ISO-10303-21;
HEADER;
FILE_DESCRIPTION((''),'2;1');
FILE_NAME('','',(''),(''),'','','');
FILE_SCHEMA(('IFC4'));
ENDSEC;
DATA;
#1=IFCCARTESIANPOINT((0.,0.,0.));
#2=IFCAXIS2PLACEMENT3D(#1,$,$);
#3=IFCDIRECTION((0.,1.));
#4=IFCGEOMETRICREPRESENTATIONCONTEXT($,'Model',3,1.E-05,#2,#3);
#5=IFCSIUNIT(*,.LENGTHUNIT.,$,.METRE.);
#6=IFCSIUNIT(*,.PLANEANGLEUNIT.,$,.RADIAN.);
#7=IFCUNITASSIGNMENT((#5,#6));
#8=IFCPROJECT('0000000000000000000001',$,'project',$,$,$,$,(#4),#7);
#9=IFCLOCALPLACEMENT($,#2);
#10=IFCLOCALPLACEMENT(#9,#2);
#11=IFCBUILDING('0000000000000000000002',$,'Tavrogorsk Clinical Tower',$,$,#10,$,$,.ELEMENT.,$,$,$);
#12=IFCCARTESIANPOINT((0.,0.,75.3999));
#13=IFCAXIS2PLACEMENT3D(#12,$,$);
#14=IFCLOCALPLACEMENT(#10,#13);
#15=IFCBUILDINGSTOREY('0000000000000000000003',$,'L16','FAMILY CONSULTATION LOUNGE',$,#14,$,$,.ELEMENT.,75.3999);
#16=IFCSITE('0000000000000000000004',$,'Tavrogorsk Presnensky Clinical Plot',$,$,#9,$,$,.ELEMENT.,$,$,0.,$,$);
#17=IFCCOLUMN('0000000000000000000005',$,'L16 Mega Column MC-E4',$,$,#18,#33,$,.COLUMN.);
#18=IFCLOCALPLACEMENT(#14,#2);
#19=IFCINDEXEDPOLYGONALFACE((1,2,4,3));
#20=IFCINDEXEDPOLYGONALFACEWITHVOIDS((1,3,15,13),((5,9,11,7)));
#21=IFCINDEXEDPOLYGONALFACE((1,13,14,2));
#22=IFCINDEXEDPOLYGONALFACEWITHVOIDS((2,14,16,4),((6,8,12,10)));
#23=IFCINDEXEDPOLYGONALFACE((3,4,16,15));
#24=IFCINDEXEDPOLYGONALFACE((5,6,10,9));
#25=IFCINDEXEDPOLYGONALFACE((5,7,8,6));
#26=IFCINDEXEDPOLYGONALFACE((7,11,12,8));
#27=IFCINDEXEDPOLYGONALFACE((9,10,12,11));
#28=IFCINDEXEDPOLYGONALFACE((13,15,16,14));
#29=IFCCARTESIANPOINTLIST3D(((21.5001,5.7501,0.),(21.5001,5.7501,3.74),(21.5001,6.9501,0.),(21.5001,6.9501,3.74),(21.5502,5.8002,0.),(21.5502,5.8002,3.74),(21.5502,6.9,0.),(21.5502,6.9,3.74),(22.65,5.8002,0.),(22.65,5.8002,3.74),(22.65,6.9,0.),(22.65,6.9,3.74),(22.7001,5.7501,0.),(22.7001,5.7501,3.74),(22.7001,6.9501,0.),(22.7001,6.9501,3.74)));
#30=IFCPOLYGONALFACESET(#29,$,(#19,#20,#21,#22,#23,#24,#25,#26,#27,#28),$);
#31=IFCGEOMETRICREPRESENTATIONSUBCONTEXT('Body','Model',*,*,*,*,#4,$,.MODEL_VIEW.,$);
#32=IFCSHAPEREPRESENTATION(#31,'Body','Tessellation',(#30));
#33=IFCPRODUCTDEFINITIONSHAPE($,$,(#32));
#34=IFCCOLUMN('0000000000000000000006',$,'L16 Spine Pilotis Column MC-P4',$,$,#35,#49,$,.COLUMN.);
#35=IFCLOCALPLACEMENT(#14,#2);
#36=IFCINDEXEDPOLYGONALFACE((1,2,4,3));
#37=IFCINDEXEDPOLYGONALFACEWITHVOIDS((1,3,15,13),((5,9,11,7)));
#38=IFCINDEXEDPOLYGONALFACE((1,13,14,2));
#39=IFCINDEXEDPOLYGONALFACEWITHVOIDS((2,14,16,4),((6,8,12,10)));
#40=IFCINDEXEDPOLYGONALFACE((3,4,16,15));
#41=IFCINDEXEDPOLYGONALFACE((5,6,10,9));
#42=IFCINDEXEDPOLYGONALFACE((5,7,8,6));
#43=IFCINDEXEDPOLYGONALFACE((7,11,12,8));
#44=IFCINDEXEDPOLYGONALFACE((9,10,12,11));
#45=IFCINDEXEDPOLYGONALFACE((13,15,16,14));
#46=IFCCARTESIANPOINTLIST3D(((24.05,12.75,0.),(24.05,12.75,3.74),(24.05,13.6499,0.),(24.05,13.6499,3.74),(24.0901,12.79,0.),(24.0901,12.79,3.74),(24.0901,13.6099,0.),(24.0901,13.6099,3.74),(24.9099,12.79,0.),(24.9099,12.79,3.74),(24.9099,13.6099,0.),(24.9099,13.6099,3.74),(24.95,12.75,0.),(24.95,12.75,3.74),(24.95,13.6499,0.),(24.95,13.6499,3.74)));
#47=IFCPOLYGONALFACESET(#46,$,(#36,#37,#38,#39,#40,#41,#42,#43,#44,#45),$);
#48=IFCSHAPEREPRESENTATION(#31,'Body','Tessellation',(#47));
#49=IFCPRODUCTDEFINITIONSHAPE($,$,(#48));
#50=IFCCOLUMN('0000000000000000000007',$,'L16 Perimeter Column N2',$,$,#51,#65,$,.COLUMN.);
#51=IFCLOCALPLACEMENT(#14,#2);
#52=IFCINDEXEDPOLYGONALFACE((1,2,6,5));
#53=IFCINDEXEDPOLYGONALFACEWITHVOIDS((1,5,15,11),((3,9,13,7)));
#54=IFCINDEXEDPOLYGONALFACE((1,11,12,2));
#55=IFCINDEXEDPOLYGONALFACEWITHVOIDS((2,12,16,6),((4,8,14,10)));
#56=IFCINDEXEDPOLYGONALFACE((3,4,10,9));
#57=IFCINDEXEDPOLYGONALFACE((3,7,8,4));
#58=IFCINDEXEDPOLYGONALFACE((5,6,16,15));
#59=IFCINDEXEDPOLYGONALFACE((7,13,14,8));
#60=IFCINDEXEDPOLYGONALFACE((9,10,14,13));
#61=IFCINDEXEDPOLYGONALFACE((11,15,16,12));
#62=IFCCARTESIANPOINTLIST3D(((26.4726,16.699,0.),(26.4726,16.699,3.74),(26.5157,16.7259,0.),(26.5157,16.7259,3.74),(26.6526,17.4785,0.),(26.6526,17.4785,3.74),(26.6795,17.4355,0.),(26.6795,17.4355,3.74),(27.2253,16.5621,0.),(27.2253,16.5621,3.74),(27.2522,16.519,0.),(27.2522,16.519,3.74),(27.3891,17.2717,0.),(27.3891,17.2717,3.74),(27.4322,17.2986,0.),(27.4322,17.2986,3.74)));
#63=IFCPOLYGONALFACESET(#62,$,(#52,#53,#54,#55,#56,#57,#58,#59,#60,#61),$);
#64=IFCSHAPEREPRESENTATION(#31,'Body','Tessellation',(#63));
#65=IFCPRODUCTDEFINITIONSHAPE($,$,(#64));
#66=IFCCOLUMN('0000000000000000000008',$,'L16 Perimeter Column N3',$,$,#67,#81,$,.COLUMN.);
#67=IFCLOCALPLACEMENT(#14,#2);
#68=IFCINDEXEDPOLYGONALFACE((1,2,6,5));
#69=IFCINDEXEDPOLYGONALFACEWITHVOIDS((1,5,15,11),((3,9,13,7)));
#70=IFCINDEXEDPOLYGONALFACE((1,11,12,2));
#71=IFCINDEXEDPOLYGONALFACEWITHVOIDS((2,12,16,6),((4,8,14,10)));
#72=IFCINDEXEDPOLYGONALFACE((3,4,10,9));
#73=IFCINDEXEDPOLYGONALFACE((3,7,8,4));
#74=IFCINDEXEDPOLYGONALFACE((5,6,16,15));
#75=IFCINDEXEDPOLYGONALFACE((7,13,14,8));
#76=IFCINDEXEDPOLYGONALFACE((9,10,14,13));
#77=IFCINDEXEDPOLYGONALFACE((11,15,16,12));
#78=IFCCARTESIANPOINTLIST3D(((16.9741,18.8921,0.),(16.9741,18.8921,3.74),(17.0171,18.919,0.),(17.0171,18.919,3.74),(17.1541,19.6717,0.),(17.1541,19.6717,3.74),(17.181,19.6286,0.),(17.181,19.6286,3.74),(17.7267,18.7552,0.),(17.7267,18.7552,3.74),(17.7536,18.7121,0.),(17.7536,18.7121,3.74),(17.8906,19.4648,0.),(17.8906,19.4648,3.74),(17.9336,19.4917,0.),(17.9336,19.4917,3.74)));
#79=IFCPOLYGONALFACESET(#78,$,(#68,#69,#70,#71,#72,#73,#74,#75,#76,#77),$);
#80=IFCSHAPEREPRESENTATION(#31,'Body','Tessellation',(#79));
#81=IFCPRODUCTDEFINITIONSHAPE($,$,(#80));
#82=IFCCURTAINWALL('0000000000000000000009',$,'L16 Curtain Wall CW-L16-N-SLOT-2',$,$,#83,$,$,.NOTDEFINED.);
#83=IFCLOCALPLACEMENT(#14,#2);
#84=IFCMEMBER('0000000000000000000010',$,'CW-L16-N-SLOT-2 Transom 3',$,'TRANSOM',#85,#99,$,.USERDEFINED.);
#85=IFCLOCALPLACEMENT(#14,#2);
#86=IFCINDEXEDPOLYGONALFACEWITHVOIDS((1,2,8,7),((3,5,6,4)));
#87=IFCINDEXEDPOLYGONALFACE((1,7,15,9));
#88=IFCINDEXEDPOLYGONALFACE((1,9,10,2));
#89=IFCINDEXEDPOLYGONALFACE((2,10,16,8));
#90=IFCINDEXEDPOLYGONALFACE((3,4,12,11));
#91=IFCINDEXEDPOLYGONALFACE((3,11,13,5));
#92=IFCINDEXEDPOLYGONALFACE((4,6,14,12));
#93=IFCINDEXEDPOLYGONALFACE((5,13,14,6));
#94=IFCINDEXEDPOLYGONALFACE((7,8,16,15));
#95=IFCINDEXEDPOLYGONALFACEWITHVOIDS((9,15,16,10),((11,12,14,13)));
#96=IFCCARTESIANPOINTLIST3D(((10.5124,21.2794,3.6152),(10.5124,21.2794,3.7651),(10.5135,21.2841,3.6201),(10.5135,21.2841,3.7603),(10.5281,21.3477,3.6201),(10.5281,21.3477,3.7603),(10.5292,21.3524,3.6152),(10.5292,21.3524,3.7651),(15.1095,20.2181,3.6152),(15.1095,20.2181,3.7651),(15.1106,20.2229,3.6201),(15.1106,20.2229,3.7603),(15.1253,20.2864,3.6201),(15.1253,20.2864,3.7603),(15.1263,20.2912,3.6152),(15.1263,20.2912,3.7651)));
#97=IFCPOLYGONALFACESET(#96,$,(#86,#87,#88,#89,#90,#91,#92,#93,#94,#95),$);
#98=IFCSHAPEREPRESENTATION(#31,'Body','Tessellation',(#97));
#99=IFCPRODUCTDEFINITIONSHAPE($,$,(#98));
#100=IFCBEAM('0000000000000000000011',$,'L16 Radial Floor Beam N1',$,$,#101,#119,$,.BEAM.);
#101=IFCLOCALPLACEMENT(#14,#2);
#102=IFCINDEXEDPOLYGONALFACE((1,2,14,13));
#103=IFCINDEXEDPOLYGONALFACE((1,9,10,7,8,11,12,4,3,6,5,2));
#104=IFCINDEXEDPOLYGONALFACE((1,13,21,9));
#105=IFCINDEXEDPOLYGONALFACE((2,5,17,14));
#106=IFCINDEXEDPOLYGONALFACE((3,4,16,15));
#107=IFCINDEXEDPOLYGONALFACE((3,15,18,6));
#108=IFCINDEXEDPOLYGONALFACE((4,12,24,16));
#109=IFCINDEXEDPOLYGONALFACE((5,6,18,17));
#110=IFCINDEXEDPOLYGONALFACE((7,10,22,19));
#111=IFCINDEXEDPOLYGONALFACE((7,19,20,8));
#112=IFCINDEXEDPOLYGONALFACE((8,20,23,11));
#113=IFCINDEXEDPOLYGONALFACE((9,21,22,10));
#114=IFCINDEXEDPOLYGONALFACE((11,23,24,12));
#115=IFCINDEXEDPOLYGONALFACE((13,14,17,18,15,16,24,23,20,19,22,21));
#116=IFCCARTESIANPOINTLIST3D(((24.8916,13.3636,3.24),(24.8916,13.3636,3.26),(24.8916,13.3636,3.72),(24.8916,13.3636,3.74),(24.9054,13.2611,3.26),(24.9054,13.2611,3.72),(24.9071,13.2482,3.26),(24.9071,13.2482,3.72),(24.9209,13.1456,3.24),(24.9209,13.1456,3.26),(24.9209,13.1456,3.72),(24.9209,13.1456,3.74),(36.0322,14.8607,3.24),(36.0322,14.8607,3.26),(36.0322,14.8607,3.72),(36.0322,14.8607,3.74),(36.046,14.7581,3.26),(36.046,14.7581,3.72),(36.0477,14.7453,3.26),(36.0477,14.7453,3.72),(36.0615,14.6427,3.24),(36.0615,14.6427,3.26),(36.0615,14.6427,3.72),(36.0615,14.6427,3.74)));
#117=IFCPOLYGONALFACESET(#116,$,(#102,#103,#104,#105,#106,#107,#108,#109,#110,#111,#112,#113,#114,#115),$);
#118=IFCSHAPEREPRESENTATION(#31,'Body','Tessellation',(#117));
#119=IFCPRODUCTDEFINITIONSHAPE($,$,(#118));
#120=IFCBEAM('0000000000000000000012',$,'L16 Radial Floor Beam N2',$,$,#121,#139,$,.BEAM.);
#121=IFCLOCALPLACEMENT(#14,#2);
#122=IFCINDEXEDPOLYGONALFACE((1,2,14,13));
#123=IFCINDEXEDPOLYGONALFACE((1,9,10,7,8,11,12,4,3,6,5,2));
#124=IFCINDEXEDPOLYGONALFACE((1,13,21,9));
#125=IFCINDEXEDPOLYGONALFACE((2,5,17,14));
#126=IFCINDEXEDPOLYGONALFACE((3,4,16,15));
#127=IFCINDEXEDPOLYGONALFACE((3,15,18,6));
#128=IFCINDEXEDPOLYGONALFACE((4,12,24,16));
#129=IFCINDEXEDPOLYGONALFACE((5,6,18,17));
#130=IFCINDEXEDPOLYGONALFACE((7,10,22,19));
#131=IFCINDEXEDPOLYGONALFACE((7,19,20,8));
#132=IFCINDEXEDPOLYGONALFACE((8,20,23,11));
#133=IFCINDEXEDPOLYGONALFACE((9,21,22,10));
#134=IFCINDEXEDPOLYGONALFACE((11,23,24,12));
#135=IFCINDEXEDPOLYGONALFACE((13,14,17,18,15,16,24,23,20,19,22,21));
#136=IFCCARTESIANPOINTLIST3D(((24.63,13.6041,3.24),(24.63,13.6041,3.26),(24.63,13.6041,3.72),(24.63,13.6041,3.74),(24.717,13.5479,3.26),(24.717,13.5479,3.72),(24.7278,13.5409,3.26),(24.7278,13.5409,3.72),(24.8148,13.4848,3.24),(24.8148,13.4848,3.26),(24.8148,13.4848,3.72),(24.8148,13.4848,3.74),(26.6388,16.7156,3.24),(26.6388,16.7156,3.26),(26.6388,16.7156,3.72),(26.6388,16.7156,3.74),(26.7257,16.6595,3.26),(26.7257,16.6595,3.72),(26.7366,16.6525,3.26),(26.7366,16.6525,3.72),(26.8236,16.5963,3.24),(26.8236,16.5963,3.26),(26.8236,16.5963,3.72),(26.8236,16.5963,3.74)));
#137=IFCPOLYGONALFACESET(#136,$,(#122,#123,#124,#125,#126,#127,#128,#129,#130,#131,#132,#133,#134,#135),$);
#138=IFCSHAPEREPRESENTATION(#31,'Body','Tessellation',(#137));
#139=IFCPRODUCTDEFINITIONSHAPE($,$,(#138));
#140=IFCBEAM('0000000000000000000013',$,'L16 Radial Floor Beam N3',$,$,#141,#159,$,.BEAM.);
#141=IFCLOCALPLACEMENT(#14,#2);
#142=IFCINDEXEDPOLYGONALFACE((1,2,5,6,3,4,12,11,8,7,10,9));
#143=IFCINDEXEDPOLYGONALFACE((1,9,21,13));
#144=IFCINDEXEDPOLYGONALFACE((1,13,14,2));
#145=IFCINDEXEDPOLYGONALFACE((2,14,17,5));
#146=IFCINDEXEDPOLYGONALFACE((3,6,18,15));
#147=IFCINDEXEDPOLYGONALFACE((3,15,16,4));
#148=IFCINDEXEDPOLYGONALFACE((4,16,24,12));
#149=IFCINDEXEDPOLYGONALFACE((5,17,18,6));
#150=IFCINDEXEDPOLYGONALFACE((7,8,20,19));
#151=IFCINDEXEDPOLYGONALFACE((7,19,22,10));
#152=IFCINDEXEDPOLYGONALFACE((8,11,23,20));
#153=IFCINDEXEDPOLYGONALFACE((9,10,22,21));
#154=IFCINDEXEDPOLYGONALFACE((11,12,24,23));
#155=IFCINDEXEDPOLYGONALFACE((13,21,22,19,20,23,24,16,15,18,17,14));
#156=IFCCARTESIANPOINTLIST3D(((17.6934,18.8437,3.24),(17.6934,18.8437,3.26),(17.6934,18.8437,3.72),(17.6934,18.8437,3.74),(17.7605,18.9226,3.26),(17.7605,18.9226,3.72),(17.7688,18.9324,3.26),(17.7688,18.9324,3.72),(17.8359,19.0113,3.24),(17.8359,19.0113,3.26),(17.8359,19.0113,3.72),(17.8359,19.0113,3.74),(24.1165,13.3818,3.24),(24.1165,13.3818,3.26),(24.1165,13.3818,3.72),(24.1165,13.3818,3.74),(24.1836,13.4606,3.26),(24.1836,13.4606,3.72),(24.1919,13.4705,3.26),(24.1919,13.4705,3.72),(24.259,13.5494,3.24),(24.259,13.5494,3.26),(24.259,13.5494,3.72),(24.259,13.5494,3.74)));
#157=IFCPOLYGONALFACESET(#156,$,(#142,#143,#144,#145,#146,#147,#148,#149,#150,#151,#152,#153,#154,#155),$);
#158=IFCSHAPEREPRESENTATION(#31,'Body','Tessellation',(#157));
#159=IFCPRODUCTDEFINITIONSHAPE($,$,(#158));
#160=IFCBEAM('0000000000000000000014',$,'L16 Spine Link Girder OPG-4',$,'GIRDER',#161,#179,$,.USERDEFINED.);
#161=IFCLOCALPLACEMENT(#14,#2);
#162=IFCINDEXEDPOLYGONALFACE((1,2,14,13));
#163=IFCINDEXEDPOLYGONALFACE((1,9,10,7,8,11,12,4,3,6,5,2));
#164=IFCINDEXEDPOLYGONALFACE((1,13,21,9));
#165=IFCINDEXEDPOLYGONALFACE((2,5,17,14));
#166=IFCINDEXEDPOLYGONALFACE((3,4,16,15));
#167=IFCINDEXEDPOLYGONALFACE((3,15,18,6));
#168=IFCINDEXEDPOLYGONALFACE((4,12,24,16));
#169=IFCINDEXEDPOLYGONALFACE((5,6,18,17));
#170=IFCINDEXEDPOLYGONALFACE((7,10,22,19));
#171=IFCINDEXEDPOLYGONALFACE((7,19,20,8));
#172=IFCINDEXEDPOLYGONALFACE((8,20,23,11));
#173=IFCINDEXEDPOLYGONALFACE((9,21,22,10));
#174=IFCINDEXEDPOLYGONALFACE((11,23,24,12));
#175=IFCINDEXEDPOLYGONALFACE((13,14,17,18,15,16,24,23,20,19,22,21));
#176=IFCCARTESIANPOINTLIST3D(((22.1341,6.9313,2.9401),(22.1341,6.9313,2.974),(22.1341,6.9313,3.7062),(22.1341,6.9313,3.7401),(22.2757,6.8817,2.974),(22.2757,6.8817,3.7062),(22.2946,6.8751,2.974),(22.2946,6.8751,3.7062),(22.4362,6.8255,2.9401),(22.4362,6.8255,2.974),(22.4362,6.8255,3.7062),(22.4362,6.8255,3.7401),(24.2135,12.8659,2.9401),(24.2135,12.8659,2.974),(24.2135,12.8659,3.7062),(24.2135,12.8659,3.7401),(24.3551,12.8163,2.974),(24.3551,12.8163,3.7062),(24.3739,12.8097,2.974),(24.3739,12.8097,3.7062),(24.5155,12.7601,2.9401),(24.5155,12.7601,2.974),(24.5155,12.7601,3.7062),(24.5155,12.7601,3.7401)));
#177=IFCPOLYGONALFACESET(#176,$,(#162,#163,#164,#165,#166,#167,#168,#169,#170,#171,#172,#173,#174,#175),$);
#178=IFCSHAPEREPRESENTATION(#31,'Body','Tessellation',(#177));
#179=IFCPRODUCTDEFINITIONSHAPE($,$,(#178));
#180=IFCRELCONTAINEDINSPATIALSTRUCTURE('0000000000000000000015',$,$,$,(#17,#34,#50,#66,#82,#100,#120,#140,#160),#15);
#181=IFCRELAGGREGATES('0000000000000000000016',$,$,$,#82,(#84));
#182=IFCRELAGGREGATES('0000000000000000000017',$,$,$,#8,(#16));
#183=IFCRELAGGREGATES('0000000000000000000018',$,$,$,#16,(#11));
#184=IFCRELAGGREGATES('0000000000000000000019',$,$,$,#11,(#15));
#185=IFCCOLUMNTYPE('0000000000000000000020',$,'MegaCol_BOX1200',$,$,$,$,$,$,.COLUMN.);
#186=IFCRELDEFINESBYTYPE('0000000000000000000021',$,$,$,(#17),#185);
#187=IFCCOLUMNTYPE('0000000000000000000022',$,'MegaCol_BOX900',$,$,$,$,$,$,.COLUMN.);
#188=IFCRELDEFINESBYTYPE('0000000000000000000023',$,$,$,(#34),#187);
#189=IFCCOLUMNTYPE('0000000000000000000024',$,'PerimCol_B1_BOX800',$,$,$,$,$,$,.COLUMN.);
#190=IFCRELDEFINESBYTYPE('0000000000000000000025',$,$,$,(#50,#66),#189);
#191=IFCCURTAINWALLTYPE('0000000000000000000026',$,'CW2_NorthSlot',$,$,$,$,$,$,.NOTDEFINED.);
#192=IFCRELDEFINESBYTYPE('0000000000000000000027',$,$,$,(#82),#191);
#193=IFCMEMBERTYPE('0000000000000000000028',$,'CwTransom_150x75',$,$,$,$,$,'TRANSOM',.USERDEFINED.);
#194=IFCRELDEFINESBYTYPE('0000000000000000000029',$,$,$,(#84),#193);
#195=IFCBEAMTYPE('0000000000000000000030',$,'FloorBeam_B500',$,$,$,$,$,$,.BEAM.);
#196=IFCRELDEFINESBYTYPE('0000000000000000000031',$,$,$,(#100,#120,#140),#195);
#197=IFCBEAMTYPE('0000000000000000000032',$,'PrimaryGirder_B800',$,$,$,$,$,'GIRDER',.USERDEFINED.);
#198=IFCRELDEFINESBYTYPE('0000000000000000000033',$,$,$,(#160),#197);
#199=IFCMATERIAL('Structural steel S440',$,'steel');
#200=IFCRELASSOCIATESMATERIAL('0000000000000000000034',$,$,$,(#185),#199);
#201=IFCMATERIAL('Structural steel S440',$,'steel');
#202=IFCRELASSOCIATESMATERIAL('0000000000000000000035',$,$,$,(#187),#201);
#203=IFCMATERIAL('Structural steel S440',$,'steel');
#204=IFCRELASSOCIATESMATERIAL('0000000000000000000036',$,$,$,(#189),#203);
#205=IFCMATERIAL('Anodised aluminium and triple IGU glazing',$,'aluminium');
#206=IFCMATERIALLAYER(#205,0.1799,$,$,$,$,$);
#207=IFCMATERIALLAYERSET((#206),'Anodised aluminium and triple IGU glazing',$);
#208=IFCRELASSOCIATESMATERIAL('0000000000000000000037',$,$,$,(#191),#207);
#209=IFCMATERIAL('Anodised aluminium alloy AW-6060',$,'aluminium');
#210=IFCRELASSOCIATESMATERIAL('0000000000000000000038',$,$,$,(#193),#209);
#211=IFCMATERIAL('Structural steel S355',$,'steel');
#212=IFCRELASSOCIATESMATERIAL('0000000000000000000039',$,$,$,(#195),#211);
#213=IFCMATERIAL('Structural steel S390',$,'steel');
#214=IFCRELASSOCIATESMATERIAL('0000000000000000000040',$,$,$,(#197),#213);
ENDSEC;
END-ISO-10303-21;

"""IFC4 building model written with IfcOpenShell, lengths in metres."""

from ifc_helpers import new_model, si_unit, direction, frame, origin, origin_2d, place, context, subcontext, project, spatial, hollow_rectangle, i_section, extrude, material, layer, layer_set, material_profile, profile_set, type_object, element, aggregate, save


model = new_model("IFC4")

# Units and contexts
model_context = context("Model", 3, precision=1e-05, world=origin(), true_north=direction((0.0, 1.0)))
body_context = subcontext(model_context, "Body", "Model", "MODEL_VIEW")
ifc_project = project(units=[si_unit("LENGTHUNIT", "METRE"), si_unit("PLANEANGLEUNIT", "RADIAN")], contexts=[model_context])

# Site, building, storey
site_placement = place(None, origin())
site = spatial("IfcSite", under=ifc_project, at=site_placement, Name="Tavrogorsk Presnensky Clinical Plot", CompositionType="ELEMENT", RefElevation=0.0)
building_placement = place(site_placement, origin())
building = spatial("IfcBuilding", under=site, at=building_placement, Name="Tavrogorsk Clinical Tower", CompositionType="ELEMENT")
storey_placement = place(building_placement, frame((0.0, 0.0, 75.3999)))
storey = spatial("IfcBuildingStorey", under=building, at=storey_placement, Name="L16", Description="FAMILY CONSULTATION LOUNGE", CompositionType="ELEMENT", Elevation=75.3999)

# Columns
ifc_material_1 = material(Name="Structural steel S440", Category="steel")
ifc_material_profile_1 = material_profile(ifc_material_1, hollow_rectangle(XDim=1.2, YDim=1.2, WallThickness=0.05, at=origin_2d()), Name="BOX-1200x1200x50")
ifc_profile_set_1 = profile_set([ifc_material_profile_1], Name="Structural steel S440")
column_type_1 = type_object("IfcColumnType", Name="MegaCol_BOX1200", PredefinedType="COLUMN", material=ifc_profile_set_1)
column_1_placement = place(storey_placement, frame((22.1001, 6.3501, 0.0), z_axis=(0.0, 0.0, 1.0), x_axis=(1.0, 0.0, 0.0)))
element("IfcColumn", 1, at=column_1_placement, inside=storey, type_object=column_type_1, Name="L16 Mega Column MC-E4", PredefinedType="COLUMN", context=body_context, shape_type="SweptSolid", body=[
    extrude(hollow_rectangle(XDim=1.2, YDim=1.2, WallThickness=0.05, at=origin_2d()), origin(), (0.0, 0.0, 1.0), 3.74),
])
ifc_material_2 = material(Name="Structural steel S440", Category="steel")
ifc_material_profile_2 = material_profile(ifc_material_2, hollow_rectangle(XDim=0.8999, YDim=0.8999, WallThickness=0.04, at=origin_2d()), Name="BOX-900x900x40")
ifc_profile_set_2 = profile_set([ifc_material_profile_2], Name="Structural steel S440")
column_type_2 = type_object("IfcColumnType", Name="MegaCol_BOX900", PredefinedType="COLUMN", material=ifc_profile_set_2)
column_2_placement = place(storey_placement, frame((24.5, 13.2, 0.0), z_axis=(0.0, 0.0, 1.0), x_axis=(1.0, 0.0, 0.0)))
element("IfcColumn", 2, at=column_2_placement, inside=storey, type_object=column_type_2, Name="L16 Spine Pilotis Column MC-P4", PredefinedType="COLUMN", context=body_context, shape_type="SweptSolid", body=[
    extrude(hollow_rectangle(XDim=0.8999, YDim=0.8999, WallThickness=0.04, at=origin_2d()), origin(), (0.0, 0.0, 1.0), 3.74),
])
ifc_material_3 = material(Name="Structural steel S440", Category="steel")
ifc_material_profile_3 = material_profile(ifc_material_3, hollow_rectangle(XDim=0.8, YDim=0.8, WallThickness=0.0359, at=origin_2d()), Name="BOX-800x800x36")
ifc_profile_set_3 = profile_set([ifc_material_profile_3], Name="Structural steel S440")
column_type_3 = type_object("IfcColumnType", Name="PerimCol_B1_BOX800", PredefinedType="COLUMN", material=ifc_profile_set_3)
for number, where, z_axis, x_axis, name in (
    (3, (26.9524, 16.9988, 0.0), (0.0, 0.0, 1.0), (0.97437, -0.224951, 0.0), "L16 Perimeter Column N2"),
    (4, (17.4539, 19.1919, 0.0), (0.0, 0.0, 1.0), (0.97437, -0.224951, 0.0), "L16 Perimeter Column N3"),
):
    element("IfcColumn", number, at=place(storey_placement, frame(where, z_axis=z_axis, x_axis=x_axis)), inside=storey, type_object=column_type_3, Name=name, PredefinedType="COLUMN", context=body_context, shape_type="SweptSolid", body=[
        extrude(hollow_rectangle(XDim=0.8, YDim=0.8, WallThickness=0.0359, at=origin_2d()), origin(), (0.0, 0.0, 1.0), 3.74),
    ])

# Curtain wall, member
ifc_material_4 = material(Name="Anodised aluminium and triple IGU glazing", Category="aluminium")
ifc_layer_1 = layer(ifc_material_4, 0.1799)
ifc_layer_set_1 = layer_set([ifc_layer_1], Name="Anodised aluminium and triple IGU glazing")
curtain_wall_type = type_object("IfcCurtainWallType", Name="CW2_NorthSlot", PredefinedType="NOTDEFINED", material=ifc_layer_set_1)
curtain_wall_placement = place(storey_placement, origin())
curtain_wall = element("IfcCurtainWall", 5, at=curtain_wall_placement, inside=storey, type_object=curtain_wall_type, Name="L16 Curtain Wall CW-L16-N-SLOT-2", PredefinedType="NOTDEFINED")
ifc_material_5 = material(Name="Anodised aluminium alloy AW-6060", Category="aluminium")
ifc_material_profile_4 = material_profile(ifc_material_5, hollow_rectangle(XDim=0.075, YDim=0.1499, WallThickness=0.0049, at=origin_2d()), Name="RHS-150x75x5")
ifc_profile_set_4 = profile_set([ifc_material_profile_4], Name="Anodised aluminium alloy AW-6060")
member_type = type_object("IfcMemberType", Name="CwTransom_150x75", ElementType="TRANSOM", PredefinedType="USERDEFINED", material=ifc_profile_set_4)
member_placement = place(storey_placement, frame((15.1179, 20.2546, 3.6902), z_axis=(-0.974373, 0.224939, 0.0), x_axis=(-0.224939, -0.974373, 0.0)))
member = element("IfcMember", 6, at=member_placement, type_object=member_type, Name="CW-L16-N-SLOT-2 Transom 3", ObjectType="TRANSOM", PredefinedType="USERDEFINED", context=body_context, shape_type="SweptSolid", body=[
    extrude(hollow_rectangle(XDim=0.075, YDim=0.1499, WallThickness=0.0049, at=origin_2d()), origin(), (0.0, 0.0, 1.0), 4.718),
])
aggregate(curtain_wall, [member])

# Beams
ifc_material_6 = material(Name="Structural steel S355", Category="steel")
ifc_material_profile_5 = material_profile(ifc_material_6, i_section(OverallWidth=0.22, OverallDepth=0.5, WebThickness=0.0129, FlangeThickness=0.02, at=origin_2d()), Name="B-500x220x13x20")
ifc_profile_set_5 = profile_set([ifc_material_profile_5], Name="Structural steel S355")
beam_type_1 = type_object("IfcBeamType", Name="FloorBeam_B500", PredefinedType="BEAM", material=ifc_profile_set_5)
beam_1_placement = place(storey_placement, frame((24.9062, 13.2546, 3.49), z_axis=(0.991092, 0.133182, 0.0), x_axis=(-0.133182, 0.991092, 0.0)))
element("IfcBeam", 7, at=beam_1_placement, inside=storey, type_object=beam_type_1, Name="L16 Radial Floor Beam N1", PredefinedType="BEAM", context=body_context, shape_type="SweptSolid", body=[
    extrude(i_section(OverallWidth=0.22, OverallDepth=0.5, WebThickness=0.0129, FlangeThickness=0.02, at=origin_2d()), origin(), (0.0, 0.0, 1.0), 11.2407),
])
beam_2_placement = place(storey_placement, frame((24.7224, 13.5444, 3.49), z_axis=(0.542379, 0.840134, 0.0), x_axis=(-0.840134, 0.542379, 0.0)))
element("IfcBeam", 8, at=beam_2_placement, inside=storey, type_object=beam_type_1, Name="L16 Radial Floor Beam N2", PredefinedType="BEAM", context=body_context, shape_type="SweptSolid", body=[
    extrude(i_section(OverallWidth=0.22, OverallDepth=0.5, WebThickness=0.0129, FlangeThickness=0.02, at=origin_2d()), origin(), (0.0, 0.0, 1.0), 3.7036),
])
beam_3_placement = place(storey_placement, frame((24.1877, 13.4656, 3.49), z_axis=(-0.761806, 0.647806, 0.0), x_axis=(-0.647806, -0.761806, 0.0)))
element("IfcBeam", 9, at=beam_3_placement, inside=storey, type_object=beam_type_1, Name="L16 Radial Floor Beam N3", PredefinedType="BEAM", context=body_context, shape_type="SweptSolid", body=[
    extrude(i_section(OverallWidth=0.22, OverallDepth=0.5, WebThickness=0.0129, FlangeThickness=0.02, at=origin_2d()), origin(), (0.0, 0.0, 1.0), 8.4314),
])
ifc_material_7 = material(Name="Structural steel S390", Category="steel")
ifc_material_profile_6 = material_profile(ifc_material_7, i_section(OverallWidth=0.3201, OverallDepth=0.8, WebThickness=0.02, FlangeThickness=0.0339, at=origin_2d()), Name="B-800x320x20x34")
ifc_profile_set_6 = profile_set([ifc_material_profile_6], Name="Structural steel S390")
beam_type_2 = type_object("IfcBeamType", Name="PrimaryGirder_B800", ElementType="GIRDER", PredefinedType="USERDEFINED", material=ifc_profile_set_6)
beam_4_placement = place(storey_placement, frame((24.3645, 12.813, 3.3401), z_axis=(-0.330669, -0.943747, 0.0), x_axis=(0.943747, -0.330669, 0.0)))
element("IfcBeam", 10, at=beam_4_placement, inside=storey, type_object=beam_type_2, Name="L16 Spine Link Girder OPG-4", ObjectType="GIRDER", PredefinedType="USERDEFINED", context=body_context, shape_type="SweptSolid", body=[
    extrude(i_section(OverallWidth=0.3201, OverallDepth=0.8, WebThickness=0.02, FlangeThickness=0.0339, at=origin_2d()), origin(), (0.0, 0.0, 1.0), 6.2883),
])

save(model, "model.ifc")
